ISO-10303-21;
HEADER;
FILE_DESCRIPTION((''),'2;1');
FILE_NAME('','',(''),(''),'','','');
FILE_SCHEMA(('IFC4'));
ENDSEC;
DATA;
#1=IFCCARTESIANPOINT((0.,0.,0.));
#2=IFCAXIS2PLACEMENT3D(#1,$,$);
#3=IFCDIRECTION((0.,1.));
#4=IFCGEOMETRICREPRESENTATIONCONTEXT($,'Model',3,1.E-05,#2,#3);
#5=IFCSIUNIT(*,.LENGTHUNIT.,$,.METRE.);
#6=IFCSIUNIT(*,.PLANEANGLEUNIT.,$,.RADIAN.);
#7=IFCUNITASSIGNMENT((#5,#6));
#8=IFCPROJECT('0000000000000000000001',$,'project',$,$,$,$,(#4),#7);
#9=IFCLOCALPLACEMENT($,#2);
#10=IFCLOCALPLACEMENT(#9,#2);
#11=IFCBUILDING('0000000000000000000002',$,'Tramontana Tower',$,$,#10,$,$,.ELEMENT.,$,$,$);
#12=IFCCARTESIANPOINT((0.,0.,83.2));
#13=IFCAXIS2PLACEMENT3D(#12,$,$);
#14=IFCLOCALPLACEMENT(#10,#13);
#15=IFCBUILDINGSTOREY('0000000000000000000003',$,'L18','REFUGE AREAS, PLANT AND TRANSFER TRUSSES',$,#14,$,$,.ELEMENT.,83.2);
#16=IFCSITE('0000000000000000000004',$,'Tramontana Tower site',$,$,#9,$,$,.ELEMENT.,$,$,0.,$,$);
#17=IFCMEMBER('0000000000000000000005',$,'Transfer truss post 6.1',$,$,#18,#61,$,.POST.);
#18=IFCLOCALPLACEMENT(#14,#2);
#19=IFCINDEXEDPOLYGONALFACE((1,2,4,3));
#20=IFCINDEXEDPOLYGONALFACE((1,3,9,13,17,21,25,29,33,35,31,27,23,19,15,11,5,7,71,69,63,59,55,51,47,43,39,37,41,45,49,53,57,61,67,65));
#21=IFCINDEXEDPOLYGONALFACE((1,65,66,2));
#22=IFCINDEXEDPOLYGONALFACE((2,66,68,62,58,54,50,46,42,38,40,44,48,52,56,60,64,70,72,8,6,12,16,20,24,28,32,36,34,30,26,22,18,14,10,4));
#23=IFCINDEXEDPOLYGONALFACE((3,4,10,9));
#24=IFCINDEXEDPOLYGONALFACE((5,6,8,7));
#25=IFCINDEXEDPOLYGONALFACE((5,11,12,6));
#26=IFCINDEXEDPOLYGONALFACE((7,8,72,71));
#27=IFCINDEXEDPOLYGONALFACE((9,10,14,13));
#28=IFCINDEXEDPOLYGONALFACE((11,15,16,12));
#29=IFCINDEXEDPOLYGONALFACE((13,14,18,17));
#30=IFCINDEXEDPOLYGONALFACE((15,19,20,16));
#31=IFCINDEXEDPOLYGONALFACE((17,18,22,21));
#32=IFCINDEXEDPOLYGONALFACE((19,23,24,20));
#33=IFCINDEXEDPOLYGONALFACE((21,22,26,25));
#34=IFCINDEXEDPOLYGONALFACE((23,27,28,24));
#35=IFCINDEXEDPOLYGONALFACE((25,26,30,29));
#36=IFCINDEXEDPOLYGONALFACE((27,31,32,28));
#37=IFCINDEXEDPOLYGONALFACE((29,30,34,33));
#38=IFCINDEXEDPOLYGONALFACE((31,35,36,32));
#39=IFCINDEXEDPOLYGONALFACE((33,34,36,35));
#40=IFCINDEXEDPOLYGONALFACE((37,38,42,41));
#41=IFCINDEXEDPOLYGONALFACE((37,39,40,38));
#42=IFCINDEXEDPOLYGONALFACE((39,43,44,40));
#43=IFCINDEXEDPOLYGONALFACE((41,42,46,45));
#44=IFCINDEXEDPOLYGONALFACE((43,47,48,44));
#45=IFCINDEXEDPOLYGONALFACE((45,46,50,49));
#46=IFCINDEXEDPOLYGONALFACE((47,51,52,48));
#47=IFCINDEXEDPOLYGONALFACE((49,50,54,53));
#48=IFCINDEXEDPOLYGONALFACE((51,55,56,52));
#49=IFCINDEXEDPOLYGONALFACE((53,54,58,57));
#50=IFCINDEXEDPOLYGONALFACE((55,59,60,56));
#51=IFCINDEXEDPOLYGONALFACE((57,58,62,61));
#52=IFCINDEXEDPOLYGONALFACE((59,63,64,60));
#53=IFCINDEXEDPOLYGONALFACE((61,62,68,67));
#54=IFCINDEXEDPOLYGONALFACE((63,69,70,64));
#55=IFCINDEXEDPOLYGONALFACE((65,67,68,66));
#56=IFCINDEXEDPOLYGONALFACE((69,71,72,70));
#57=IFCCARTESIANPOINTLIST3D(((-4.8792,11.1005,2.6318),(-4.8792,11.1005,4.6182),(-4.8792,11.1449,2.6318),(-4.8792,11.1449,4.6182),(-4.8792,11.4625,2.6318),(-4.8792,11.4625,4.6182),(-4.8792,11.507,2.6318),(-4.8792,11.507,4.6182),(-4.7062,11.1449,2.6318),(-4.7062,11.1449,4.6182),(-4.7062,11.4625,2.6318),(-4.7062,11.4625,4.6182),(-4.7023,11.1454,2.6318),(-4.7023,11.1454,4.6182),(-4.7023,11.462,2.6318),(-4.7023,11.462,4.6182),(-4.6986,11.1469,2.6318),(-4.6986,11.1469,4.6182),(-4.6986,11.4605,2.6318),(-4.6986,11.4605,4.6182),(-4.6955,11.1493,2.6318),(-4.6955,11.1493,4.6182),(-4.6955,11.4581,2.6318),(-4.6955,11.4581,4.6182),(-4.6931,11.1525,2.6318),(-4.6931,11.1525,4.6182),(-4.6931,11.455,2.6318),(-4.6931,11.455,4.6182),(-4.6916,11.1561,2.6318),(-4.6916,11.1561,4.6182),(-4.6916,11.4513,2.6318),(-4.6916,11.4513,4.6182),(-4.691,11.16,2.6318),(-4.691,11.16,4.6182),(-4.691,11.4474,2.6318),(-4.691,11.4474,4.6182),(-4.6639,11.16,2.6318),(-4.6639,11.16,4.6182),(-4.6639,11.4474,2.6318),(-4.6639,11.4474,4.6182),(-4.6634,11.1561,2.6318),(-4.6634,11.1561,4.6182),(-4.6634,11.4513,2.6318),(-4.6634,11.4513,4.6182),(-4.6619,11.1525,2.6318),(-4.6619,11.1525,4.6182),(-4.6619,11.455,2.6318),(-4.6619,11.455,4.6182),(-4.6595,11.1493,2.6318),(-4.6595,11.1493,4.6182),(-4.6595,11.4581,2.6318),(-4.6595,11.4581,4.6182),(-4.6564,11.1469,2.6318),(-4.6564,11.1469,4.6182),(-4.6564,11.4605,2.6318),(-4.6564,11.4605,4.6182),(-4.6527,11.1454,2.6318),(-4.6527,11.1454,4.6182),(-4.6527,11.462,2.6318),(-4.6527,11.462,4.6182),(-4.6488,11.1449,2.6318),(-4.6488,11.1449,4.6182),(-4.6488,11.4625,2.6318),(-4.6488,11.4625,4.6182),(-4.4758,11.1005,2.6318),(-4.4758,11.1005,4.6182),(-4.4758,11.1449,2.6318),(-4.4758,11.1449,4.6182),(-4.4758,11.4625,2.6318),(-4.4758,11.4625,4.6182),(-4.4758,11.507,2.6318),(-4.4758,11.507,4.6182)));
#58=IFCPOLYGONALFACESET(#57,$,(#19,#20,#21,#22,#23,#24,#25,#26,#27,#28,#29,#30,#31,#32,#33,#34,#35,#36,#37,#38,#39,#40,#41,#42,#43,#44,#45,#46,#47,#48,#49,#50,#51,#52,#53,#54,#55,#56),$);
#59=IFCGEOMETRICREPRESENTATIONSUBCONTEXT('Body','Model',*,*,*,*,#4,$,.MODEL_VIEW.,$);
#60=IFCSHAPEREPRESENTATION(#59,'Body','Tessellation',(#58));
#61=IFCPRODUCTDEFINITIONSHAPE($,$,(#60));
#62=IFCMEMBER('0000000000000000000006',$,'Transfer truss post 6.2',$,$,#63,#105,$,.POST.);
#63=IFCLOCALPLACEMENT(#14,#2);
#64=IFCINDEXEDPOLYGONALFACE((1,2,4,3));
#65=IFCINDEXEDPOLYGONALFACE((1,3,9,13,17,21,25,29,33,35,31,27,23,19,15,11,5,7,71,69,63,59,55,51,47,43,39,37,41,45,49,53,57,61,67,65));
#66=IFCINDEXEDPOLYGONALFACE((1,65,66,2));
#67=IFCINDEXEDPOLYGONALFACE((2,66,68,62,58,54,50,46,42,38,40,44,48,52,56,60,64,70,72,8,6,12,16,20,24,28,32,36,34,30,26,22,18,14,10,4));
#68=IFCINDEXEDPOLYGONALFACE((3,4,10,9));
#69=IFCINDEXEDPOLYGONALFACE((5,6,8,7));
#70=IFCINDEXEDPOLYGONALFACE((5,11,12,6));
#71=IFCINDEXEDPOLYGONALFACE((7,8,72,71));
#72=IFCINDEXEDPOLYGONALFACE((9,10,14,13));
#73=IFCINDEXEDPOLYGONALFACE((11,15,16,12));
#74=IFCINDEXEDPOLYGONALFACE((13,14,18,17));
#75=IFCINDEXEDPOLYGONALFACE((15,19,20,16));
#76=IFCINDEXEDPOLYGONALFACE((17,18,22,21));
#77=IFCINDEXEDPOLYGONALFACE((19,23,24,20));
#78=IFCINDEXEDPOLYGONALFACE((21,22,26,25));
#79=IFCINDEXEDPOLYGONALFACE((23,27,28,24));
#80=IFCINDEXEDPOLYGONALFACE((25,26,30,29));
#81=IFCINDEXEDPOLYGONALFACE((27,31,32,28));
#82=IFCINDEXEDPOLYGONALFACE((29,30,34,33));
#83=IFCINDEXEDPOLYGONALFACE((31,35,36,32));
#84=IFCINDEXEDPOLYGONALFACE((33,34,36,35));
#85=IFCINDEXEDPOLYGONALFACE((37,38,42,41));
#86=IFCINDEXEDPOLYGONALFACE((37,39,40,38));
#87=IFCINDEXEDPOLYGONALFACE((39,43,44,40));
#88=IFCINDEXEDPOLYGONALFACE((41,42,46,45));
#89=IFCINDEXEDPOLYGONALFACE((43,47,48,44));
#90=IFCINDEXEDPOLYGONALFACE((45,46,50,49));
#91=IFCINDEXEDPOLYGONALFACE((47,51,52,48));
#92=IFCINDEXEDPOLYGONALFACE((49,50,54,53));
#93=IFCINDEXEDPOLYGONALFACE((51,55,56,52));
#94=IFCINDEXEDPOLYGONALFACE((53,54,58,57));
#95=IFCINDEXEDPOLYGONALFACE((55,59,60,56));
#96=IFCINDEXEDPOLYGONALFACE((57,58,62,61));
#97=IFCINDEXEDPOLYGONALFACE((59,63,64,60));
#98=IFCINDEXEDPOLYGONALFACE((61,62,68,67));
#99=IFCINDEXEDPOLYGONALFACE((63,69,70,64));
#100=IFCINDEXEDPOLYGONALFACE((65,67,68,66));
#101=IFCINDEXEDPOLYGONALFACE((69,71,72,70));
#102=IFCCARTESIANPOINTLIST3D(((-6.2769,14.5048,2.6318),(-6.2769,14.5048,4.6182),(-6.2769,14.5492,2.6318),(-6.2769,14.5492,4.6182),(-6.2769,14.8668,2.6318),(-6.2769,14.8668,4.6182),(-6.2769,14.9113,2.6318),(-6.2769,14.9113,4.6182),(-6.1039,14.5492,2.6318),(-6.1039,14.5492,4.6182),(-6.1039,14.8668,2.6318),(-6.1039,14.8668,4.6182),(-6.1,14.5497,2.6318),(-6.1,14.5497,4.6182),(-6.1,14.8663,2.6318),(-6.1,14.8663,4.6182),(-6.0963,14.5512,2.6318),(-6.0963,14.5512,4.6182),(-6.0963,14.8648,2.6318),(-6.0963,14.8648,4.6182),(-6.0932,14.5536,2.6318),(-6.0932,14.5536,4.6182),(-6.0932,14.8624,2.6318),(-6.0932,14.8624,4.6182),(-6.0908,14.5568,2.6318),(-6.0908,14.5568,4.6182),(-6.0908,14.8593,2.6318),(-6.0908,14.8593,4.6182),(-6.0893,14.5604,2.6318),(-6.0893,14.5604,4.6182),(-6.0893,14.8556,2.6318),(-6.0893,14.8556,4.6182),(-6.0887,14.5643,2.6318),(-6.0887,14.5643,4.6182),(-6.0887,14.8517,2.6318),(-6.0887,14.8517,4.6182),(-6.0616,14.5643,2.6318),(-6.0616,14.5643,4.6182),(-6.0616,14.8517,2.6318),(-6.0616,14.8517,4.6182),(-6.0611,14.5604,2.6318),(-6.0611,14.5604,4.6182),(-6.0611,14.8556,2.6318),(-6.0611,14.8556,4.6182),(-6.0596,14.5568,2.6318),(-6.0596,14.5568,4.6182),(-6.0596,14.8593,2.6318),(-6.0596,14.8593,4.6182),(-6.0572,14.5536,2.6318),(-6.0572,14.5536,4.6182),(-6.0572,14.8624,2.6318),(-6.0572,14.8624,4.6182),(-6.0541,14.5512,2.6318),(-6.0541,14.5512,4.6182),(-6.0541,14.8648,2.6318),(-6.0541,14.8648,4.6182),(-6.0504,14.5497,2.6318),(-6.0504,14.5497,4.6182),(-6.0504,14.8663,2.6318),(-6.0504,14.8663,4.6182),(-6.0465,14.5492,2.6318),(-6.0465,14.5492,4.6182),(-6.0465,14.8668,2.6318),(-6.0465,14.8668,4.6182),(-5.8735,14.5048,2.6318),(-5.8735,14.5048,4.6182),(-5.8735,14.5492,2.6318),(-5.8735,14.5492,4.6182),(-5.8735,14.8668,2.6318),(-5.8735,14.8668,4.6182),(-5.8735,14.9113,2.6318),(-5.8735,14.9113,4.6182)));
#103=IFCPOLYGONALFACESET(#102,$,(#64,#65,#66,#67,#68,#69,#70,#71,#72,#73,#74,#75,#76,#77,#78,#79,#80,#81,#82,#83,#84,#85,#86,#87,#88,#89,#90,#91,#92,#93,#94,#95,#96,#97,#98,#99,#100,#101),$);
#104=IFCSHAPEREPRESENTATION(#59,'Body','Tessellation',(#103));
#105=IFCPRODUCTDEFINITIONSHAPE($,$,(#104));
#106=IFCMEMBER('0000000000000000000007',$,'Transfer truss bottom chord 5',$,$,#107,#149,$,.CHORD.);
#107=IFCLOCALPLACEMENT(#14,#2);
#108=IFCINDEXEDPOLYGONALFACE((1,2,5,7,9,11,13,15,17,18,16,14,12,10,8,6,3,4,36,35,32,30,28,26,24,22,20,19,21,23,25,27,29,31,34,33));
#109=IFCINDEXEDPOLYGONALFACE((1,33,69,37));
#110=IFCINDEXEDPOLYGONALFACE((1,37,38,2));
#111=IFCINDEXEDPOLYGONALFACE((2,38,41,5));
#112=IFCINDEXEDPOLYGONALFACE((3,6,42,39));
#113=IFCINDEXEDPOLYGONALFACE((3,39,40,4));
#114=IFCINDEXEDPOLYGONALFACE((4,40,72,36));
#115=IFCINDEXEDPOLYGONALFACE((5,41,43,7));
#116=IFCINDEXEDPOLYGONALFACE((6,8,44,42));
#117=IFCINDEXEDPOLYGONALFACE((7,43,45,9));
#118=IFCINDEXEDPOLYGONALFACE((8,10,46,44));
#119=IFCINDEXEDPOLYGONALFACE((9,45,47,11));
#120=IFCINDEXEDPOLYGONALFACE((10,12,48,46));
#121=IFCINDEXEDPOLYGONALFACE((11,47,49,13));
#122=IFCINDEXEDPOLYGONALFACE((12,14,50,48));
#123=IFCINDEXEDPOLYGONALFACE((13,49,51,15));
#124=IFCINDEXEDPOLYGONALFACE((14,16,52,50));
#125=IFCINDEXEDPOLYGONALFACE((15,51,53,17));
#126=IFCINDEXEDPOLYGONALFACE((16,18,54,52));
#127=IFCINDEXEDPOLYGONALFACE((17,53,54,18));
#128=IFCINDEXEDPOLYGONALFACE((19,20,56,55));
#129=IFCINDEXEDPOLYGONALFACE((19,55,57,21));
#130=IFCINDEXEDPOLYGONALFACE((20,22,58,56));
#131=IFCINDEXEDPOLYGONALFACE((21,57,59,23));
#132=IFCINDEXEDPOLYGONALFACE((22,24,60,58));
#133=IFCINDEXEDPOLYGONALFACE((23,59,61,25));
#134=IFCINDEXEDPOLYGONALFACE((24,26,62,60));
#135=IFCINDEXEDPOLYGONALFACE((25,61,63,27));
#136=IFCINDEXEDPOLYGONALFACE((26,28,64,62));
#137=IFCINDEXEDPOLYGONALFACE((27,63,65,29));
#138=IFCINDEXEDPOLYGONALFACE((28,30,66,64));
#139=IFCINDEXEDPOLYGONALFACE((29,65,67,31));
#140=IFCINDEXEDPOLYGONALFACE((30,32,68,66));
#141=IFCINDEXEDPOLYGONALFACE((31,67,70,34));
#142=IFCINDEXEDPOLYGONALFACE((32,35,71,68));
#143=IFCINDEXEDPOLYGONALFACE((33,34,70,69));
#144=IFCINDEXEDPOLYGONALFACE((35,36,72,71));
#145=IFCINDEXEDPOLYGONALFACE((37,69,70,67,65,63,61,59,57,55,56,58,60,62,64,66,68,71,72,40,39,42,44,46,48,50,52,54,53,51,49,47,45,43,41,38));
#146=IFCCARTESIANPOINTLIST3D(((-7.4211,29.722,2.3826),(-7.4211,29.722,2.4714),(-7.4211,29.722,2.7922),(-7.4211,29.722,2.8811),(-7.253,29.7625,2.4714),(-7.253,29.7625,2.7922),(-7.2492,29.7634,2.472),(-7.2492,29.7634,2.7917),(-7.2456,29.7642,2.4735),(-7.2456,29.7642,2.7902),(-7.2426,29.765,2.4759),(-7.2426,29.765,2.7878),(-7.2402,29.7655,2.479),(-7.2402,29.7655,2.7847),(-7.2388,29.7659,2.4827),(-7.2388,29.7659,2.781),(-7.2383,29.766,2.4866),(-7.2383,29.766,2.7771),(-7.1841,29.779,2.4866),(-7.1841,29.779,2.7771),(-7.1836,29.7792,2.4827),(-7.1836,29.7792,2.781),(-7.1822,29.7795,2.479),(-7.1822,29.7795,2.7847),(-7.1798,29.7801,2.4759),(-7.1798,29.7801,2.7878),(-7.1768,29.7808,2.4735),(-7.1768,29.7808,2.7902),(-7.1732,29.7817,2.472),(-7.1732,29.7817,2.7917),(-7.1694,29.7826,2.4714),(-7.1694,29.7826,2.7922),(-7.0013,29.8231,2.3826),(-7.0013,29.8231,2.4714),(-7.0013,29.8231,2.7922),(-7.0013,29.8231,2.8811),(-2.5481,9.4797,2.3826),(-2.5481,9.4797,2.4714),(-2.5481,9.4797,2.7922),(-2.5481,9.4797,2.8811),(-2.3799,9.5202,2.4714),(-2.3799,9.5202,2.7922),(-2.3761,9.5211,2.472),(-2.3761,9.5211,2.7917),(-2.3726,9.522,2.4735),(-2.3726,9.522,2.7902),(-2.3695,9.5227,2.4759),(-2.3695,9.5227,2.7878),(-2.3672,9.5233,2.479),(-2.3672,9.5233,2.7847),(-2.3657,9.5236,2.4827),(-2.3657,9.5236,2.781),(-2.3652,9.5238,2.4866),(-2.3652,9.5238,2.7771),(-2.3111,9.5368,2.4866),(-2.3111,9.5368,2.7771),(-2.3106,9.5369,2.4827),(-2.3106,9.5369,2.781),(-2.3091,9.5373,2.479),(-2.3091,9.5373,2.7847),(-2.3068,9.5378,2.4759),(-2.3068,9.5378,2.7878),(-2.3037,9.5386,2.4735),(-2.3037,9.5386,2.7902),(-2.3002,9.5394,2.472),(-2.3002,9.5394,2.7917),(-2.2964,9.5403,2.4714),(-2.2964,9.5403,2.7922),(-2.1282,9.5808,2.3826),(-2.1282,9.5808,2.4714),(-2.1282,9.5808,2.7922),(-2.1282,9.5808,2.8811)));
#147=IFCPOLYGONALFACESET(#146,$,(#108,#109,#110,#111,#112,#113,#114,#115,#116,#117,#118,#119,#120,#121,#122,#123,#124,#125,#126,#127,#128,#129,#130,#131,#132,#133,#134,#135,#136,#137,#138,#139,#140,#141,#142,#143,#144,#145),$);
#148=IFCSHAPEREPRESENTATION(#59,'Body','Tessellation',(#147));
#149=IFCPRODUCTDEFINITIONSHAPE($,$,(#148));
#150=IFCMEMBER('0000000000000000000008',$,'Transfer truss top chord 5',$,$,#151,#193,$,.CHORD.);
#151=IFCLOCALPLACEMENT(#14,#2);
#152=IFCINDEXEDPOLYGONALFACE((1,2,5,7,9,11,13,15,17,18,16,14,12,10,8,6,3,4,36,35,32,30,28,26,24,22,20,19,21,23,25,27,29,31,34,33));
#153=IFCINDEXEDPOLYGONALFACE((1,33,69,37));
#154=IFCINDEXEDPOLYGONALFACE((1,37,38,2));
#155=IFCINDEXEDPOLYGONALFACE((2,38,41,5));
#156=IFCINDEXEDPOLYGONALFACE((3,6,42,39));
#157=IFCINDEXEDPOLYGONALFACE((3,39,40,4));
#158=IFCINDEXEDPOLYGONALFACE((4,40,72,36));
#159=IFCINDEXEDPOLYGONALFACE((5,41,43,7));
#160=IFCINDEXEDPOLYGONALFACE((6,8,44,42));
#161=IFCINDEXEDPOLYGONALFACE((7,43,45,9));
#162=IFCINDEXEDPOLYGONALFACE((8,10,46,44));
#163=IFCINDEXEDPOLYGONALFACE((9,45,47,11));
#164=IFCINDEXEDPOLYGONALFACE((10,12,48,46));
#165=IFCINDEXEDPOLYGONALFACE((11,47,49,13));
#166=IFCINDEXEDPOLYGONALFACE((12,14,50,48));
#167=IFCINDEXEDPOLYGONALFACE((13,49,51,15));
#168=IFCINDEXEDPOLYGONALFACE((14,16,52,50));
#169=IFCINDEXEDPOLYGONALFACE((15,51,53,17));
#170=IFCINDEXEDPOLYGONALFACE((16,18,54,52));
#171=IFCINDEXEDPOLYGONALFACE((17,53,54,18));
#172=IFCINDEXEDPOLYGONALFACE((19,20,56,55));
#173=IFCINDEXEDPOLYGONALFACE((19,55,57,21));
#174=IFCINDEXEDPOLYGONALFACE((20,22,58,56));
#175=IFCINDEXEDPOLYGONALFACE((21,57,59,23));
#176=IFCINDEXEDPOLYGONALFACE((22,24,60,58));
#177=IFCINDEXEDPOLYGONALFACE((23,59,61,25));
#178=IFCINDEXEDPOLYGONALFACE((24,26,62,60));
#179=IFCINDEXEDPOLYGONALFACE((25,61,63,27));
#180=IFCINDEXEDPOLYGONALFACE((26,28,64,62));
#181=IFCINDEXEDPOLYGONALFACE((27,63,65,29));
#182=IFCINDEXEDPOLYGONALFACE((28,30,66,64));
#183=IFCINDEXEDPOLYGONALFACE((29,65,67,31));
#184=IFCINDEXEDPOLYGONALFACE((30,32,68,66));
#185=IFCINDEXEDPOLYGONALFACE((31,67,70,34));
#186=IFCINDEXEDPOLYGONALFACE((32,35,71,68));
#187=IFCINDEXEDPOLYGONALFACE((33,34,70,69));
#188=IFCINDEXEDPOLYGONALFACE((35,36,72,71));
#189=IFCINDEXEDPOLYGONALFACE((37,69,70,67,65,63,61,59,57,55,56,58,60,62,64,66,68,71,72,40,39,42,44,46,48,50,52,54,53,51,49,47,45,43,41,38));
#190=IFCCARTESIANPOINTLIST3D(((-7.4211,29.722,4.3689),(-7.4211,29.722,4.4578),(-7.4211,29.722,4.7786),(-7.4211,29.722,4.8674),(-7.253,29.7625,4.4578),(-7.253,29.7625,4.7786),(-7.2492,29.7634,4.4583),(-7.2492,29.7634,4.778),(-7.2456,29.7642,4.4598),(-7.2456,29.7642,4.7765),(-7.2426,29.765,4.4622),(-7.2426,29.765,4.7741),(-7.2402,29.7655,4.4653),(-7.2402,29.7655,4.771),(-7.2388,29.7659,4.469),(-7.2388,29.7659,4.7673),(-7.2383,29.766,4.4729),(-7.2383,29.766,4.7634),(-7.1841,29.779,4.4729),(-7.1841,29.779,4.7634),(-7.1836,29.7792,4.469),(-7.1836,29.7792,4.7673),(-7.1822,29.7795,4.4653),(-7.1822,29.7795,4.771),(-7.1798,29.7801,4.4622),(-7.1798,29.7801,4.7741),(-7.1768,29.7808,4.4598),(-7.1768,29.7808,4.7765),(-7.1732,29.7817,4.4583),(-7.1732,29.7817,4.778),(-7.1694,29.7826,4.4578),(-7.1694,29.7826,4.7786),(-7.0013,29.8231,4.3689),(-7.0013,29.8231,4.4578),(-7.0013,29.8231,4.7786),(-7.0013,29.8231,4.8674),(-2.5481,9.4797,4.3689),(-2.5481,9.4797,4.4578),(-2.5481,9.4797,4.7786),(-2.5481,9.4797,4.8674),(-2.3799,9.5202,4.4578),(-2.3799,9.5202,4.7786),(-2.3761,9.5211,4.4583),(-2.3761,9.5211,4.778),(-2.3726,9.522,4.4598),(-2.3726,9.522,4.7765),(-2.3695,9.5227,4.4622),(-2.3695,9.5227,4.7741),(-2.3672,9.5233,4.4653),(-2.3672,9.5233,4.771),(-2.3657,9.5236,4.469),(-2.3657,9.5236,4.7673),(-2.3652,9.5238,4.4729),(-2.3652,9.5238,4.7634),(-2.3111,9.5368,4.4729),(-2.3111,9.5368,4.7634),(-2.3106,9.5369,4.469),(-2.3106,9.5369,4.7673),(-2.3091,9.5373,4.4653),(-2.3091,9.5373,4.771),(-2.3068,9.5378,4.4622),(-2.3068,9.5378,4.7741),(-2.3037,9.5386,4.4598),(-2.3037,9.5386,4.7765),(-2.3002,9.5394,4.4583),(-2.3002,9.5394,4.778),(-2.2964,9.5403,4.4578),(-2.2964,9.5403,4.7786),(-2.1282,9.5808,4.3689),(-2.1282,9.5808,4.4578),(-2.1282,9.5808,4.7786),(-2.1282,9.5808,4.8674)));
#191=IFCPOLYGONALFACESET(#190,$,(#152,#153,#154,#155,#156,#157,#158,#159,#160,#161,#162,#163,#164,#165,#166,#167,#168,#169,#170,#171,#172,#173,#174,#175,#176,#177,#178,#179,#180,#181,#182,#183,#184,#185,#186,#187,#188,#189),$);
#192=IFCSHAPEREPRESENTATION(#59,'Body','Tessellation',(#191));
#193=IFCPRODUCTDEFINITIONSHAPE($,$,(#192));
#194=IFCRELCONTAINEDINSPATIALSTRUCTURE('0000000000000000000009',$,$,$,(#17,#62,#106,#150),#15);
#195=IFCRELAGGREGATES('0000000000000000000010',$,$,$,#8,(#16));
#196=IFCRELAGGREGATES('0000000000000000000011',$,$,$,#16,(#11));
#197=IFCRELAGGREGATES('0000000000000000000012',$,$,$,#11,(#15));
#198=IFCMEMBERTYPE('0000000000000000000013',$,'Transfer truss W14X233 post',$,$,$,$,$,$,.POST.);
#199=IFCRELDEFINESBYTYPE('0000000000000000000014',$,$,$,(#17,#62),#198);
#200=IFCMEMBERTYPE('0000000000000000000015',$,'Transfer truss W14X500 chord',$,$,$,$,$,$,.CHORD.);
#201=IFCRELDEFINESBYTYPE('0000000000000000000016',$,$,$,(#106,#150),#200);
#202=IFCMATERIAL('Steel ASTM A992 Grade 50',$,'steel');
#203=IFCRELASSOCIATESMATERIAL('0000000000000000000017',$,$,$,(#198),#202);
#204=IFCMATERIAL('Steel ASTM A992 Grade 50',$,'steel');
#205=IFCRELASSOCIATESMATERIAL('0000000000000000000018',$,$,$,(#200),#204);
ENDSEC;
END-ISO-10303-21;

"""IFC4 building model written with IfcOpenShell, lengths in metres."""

from ifc_helpers import new_model, si_unit, direction, frame, origin, origin_2d, place, context, subcontext, project, spatial, i_section, extrude, material, material_profile, profile_set, type_object, element, save


model = new_model("IFC4")

# Units and contexts
model_context = context("Model", 3, precision=1e-05, world=origin(), true_north=direction((0.0, 1.0)))
body_context = subcontext(model_context, "Body", "Model", "MODEL_VIEW")
ifc_project = project(units=[si_unit("LENGTHUNIT", "METRE"), si_unit("PLANEANGLEUNIT", "RADIAN")], contexts=[model_context])

# Site, building, storey
site_placement = place(None, origin())
site = spatial("IfcSite", under=ifc_project, at=site_placement, Name="Tramontana Tower site", CompositionType="ELEMENT", RefElevation=0.0)
building_placement = place(site_placement, origin())
building = spatial("IfcBuilding", under=site, at=building_placement, Name="Tramontana Tower", CompositionType="ELEMENT")
storey_placement = place(building_placement, frame((0.0, 0.0, 83.2)))
storey = spatial("IfcBuildingStorey", under=building, at=storey_placement, Name="L18", Description="REFUGE AREAS, PLANT AND TRANSFER TRUSSES", CompositionType="ELEMENT", Elevation=83.2)

# Members
ifc_material_1 = material(Name="Steel ASTM A992 Grade 50", Category="steel")
ifc_material_profile_1 = material_profile(ifc_material_1, i_section(OverallWidth=0.4033, OverallDepth=0.4065, WebThickness=0.0271, FlangeThickness=0.0444, FilletRadius=0.0151, at=origin_2d()), Name="W14X233")
ifc_profile_set_1 = profile_set([ifc_material_profile_1], Name="Steel ASTM A992 Grade 50")
member_type_1 = type_object("IfcMemberType", Name="Transfer truss W14X233 post", PredefinedType="POST", material=ifc_profile_set_1)
for number, where, z_axis, x_axis, name in (
    (1, (-4.6775, 11.3037, 2.6318), (0.0, 0.0, 1.0), (1.0, 0.0, 0.0), "Transfer truss post 6.1"),
    (2, (-6.0752, 14.708, 2.6318), (0.0, 0.0, 1.0), (1.0, 0.0, 0.0), "Transfer truss post 6.2"),
):
    element("IfcMember", number, at=place(storey_placement, frame(where, z_axis=z_axis, x_axis=x_axis)), inside=storey, type_object=member_type_1, Name=name, PredefinedType="POST", context=body_context, shape_type="SweptSolid", body=[
        extrude(i_section(OverallWidth=0.4033, OverallDepth=0.4065, WebThickness=0.0271, FlangeThickness=0.0444, FilletRadius=0.0151, at=origin_2d()), origin(), (0.0, 0.0, 1.0), 1.9863),
    ])
ifc_material_2 = material(Name="Steel ASTM A992 Grade 50", Category="steel")
ifc_material_profile_2 = material_profile(ifc_material_2, i_section(OverallWidth=0.4319, OverallDepth=0.4985, WebThickness=0.0557, FlangeThickness=0.0889, FilletRadius=0.0151, at=origin_2d()), Name="W14X500")
ifc_profile_set_2 = profile_set([ifc_material_profile_2], Name="Steel ASTM A992 Grade 50")
member_type_2 = type_object("IfcMemberType", Name="Transfer truss W14X500 chord", PredefinedType="CHORD", material=ifc_profile_set_2)
for number, where, z_axis, x_axis, name in (
    (3, (-2.3381, 9.5303, 2.6318), (-0.234051, 0.972224, 0.0), (-0.972224, -0.234051, 0.0), "Transfer truss bottom chord 5"),
    (4, (-2.3381, 9.5303, 4.6182), (-0.234051, 0.972224, 0.0), (-0.972224, -0.234051, 0.0), "Transfer truss top chord 5"),
):
    element("IfcMember", number, at=place(storey_placement, frame(where, z_axis=z_axis, x_axis=x_axis)), inside=storey, type_object=member_type_2, Name=name, PredefinedType="CHORD", context=body_context, shape_type="SweptSolid", body=[
        extrude(i_section(OverallWidth=0.4319, OverallDepth=0.4985, WebThickness=0.0557, FlangeThickness=0.0889, FilletRadius=0.0151, at=origin_2d()), origin(), (0.0, 0.0, 1.0), 20.8206),
    ])

save(model, "model.ifc")
